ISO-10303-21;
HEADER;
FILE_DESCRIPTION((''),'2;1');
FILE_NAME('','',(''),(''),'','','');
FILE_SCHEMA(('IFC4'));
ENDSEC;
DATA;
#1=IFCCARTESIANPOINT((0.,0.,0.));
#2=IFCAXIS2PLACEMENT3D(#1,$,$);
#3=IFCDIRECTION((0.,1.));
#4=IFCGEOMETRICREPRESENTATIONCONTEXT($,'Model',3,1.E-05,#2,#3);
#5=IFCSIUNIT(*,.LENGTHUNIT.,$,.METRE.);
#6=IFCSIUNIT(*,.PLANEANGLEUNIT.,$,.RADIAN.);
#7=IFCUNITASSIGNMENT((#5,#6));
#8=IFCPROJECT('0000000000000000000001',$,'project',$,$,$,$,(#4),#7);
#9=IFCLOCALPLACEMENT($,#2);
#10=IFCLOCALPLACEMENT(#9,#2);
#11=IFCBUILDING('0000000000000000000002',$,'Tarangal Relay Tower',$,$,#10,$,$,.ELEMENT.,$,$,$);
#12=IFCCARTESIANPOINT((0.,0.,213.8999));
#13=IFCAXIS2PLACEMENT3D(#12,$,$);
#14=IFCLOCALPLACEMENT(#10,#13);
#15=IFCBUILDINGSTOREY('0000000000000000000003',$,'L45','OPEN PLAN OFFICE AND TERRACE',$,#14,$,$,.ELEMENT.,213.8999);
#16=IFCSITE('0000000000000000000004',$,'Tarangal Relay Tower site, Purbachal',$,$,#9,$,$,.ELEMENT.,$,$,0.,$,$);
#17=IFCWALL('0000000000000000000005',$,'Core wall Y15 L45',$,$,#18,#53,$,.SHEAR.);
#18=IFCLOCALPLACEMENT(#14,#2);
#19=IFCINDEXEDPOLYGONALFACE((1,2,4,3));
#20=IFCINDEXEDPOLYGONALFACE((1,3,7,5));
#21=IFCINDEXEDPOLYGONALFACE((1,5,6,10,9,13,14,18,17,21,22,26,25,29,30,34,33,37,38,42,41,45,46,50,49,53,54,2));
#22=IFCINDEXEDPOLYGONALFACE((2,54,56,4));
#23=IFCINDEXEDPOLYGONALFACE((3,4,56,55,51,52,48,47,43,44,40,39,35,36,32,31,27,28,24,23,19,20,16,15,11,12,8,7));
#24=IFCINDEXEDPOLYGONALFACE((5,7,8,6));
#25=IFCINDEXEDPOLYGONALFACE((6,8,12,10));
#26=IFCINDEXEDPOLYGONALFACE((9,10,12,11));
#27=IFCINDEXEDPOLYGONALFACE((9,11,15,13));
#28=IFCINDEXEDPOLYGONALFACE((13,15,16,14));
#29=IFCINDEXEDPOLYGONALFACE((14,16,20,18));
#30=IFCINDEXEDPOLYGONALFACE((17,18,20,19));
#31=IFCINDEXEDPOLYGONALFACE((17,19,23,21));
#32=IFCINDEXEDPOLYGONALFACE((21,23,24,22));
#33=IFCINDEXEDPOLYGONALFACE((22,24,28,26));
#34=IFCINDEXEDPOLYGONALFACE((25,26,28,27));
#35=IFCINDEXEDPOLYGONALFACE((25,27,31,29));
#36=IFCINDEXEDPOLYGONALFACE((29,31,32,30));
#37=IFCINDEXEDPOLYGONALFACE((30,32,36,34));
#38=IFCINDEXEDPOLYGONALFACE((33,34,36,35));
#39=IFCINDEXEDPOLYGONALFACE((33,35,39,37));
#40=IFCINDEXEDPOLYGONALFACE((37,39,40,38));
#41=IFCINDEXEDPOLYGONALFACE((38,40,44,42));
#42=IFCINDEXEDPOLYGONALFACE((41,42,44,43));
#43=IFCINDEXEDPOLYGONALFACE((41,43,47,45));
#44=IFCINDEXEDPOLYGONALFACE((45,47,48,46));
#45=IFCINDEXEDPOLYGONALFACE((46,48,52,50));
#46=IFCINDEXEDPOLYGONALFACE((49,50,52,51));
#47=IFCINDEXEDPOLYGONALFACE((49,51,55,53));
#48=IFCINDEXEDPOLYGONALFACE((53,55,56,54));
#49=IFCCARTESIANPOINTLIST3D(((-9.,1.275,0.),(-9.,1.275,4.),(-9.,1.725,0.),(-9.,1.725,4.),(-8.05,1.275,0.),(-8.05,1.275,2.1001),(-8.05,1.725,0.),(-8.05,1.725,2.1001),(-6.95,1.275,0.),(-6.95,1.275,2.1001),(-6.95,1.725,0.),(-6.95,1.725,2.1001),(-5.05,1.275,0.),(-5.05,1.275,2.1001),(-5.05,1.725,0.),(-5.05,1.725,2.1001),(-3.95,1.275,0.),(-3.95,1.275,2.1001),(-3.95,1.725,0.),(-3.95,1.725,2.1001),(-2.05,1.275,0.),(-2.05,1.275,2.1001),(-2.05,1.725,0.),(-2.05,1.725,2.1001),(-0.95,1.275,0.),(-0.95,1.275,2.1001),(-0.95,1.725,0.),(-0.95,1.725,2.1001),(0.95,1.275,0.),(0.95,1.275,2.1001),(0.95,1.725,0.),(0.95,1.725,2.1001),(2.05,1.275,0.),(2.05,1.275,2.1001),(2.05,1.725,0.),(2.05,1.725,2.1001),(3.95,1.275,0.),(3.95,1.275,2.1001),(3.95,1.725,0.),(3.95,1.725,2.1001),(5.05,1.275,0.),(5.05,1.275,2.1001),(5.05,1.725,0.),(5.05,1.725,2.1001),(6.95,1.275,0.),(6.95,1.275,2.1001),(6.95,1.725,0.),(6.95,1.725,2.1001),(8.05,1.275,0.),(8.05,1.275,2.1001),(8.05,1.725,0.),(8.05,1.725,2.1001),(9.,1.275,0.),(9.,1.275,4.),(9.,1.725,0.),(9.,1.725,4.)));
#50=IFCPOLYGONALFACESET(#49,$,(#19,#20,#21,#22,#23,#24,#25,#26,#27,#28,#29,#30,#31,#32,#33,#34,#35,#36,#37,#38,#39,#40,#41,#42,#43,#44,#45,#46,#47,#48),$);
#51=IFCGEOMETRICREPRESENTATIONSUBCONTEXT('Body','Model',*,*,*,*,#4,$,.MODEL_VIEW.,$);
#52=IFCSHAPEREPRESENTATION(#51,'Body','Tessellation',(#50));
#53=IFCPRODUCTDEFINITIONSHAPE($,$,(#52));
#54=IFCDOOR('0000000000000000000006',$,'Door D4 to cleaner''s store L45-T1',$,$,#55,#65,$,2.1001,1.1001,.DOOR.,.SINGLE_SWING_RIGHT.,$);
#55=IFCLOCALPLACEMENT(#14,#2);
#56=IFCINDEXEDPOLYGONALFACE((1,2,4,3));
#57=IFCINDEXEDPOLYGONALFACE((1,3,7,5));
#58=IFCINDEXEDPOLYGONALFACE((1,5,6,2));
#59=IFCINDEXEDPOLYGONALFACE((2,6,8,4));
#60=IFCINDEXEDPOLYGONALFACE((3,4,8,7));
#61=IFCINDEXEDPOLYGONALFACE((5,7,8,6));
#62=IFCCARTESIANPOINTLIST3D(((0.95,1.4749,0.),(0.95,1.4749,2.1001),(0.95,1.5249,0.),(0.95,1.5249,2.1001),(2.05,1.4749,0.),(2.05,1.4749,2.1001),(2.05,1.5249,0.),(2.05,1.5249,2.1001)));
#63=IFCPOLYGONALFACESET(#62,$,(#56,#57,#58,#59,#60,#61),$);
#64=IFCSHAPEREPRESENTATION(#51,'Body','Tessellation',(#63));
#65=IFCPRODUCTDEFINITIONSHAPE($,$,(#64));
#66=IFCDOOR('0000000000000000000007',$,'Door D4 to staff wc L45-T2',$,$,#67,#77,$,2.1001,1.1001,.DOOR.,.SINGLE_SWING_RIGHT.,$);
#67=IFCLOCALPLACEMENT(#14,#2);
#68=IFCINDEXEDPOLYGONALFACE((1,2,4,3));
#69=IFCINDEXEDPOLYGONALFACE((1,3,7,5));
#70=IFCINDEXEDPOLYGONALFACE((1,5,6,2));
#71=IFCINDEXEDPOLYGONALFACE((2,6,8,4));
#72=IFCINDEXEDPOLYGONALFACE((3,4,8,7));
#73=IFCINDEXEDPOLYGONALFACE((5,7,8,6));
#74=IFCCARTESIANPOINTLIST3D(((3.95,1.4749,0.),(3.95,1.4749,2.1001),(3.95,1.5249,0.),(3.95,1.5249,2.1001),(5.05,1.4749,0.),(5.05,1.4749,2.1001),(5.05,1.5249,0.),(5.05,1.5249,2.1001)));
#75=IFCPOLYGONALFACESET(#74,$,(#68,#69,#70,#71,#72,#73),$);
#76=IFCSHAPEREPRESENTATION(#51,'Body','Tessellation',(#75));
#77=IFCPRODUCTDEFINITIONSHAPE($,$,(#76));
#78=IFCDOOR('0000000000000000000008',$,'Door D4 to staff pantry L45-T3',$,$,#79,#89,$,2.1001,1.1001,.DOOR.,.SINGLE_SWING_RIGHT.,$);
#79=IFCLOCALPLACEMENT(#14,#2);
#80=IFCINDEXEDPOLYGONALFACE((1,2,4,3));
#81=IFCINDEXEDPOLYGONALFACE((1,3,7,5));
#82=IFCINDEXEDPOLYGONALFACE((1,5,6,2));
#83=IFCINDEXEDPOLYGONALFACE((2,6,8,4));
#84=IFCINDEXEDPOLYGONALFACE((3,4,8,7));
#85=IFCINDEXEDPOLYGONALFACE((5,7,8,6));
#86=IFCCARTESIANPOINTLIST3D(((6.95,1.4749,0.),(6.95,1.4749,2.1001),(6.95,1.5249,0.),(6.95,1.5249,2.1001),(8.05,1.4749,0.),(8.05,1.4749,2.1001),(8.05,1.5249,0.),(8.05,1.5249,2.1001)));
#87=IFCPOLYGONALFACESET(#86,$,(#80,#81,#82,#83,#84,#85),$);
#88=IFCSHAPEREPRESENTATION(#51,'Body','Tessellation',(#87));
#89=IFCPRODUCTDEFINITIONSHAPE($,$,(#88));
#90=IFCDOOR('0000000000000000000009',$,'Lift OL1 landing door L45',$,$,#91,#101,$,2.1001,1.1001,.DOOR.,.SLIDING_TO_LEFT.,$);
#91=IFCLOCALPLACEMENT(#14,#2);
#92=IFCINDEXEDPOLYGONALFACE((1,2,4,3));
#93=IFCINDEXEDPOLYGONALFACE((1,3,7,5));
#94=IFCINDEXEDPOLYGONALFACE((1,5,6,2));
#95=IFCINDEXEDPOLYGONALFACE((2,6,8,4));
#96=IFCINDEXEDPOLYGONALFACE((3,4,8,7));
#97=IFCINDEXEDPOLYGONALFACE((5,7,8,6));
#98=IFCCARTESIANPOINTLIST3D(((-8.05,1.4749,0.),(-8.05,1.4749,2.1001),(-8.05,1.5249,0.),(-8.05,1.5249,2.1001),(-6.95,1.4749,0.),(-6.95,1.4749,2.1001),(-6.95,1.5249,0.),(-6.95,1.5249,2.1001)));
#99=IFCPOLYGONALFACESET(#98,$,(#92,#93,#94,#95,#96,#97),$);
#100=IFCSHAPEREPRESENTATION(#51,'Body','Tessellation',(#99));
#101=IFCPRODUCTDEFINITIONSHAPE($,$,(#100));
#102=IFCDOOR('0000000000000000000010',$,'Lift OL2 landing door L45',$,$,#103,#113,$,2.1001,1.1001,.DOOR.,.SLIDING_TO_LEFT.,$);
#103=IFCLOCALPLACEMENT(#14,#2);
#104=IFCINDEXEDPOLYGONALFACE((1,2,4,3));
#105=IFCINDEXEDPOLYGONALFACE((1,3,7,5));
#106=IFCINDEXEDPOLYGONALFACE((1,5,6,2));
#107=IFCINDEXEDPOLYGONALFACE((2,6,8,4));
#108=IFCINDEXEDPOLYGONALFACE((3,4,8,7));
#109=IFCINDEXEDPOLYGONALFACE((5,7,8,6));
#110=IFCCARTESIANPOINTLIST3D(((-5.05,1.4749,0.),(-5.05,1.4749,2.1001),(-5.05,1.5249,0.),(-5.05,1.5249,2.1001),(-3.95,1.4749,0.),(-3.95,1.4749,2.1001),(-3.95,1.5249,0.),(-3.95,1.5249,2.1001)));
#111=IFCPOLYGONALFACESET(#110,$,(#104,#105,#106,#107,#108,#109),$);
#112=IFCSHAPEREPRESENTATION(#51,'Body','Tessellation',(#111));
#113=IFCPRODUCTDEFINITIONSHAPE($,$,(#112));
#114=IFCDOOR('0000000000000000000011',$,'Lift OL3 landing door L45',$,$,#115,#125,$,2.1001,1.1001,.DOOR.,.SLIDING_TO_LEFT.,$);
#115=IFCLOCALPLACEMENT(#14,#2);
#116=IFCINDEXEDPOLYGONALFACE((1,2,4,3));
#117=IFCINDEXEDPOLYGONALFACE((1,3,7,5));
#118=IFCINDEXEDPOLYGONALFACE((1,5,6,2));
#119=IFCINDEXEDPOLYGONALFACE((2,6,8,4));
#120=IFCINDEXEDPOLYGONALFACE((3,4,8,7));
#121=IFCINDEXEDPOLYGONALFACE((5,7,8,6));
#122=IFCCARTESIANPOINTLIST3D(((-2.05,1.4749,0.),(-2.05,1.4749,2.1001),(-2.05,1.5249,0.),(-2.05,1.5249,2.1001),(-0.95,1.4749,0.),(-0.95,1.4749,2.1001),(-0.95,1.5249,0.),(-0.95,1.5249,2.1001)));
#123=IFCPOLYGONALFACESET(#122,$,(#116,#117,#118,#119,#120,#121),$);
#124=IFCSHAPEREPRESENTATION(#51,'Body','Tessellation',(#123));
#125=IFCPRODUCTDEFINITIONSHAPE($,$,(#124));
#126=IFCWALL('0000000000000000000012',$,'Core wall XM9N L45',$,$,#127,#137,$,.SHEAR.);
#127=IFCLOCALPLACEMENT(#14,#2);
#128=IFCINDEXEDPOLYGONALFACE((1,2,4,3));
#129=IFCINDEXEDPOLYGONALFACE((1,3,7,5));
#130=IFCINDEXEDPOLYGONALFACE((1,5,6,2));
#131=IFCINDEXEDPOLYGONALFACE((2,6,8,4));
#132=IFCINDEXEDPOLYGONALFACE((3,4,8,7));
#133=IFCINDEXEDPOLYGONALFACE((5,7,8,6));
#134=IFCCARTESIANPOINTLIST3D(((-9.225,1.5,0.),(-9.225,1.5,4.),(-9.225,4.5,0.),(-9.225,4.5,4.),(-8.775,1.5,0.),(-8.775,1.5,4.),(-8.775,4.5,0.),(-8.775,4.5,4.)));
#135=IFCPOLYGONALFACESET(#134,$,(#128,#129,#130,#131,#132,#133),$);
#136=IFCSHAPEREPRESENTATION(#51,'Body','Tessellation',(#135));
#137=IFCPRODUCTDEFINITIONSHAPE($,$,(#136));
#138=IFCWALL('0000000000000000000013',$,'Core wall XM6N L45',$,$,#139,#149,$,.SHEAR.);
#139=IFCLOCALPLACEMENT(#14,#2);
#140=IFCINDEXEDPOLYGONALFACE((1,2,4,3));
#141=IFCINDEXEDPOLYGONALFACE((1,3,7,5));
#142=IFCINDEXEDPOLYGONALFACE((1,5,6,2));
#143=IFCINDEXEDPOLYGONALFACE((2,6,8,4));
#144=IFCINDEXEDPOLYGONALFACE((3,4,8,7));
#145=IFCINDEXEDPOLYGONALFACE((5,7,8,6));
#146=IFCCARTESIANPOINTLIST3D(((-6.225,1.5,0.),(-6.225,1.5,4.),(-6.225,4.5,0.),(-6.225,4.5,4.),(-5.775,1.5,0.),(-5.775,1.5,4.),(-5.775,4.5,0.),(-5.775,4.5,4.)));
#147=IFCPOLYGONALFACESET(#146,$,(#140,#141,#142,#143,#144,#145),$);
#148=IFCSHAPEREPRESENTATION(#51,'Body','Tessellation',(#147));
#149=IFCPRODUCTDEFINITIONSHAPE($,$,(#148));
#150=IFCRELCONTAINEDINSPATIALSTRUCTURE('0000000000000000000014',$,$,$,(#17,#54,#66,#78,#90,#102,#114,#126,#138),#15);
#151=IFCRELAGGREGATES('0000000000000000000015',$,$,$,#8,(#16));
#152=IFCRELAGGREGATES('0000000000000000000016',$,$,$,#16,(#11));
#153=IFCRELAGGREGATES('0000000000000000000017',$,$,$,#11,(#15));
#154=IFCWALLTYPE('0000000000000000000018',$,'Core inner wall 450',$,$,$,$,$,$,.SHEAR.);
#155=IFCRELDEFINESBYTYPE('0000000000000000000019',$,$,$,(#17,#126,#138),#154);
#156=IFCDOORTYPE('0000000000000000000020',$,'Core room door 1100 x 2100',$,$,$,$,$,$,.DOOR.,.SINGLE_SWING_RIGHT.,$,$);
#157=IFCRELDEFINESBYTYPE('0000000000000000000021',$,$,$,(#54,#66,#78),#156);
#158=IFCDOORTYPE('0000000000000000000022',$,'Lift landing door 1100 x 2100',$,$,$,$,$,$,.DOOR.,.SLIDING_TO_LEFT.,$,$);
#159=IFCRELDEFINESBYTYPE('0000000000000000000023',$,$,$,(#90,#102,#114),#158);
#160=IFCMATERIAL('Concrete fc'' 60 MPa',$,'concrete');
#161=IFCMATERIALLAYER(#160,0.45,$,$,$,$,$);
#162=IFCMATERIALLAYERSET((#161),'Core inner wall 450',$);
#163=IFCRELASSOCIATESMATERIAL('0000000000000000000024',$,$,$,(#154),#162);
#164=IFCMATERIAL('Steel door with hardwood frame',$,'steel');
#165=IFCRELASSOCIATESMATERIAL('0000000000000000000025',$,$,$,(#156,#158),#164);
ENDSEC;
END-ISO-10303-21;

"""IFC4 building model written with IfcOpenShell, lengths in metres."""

from ifc_helpers import new_model, si_unit, direction, frame, frame_2d, origin, place, context, subcontext, project, spatial, rectangle, extrude, material, layer, layer_set, type_object, element, fill, save


model = new_model("IFC4")

# Units and contexts
model_context = context("Model", 3, precision=1e-05, world=origin(), true_north=direction((0.0, 1.0)))
body_context = subcontext(model_context, "Body", "Model", "MODEL_VIEW")
ifc_project = project(units=[si_unit("LENGTHUNIT", "METRE"), si_unit("PLANEANGLEUNIT", "RADIAN")], contexts=[model_context])

# Site, building, storey
site_placement = place(None, origin())
site = spatial("IfcSite", under=ifc_project, at=site_placement, Name="Tarangal Relay Tower site, Purbachal", CompositionType="ELEMENT", RefElevation=0.0)
building_placement = place(site_placement, origin())
building = spatial("IfcBuilding", under=site, at=building_placement, Name="Tarangal Relay Tower", CompositionType="ELEMENT")
storey_placement = place(building_placement, frame((0.0, 0.0, 213.8999)))
storey = spatial("IfcBuildingStorey", under=building, at=storey_placement, Name="L45", Description="OPEN PLAN OFFICE AND TERRACE", CompositionType="ELEMENT", Elevation=213.8999)

# Wall, openings, doors
ifc_material_1 = material(Name="Concrete fc' 60 MPa", Category="concrete")
ifc_layer = layer(ifc_material_1, 0.45)
ifc_layer_set = layer_set([ifc_layer], Name="Core inner wall 450")
wall_type = type_object("IfcWallType", Name="Core inner wall 450", PredefinedType="SHEAR", material=ifc_layer_set)
ifc_material_2 = material(Name="Steel door with hardwood frame", Category="steel")
wall_1_placement = place(storey_placement, frame((-9.0, 1.5, 0.0), z_axis=(0.0, 0.0, 1.0), x_axis=(1.0, 0.0, 0.0)))
wall_1 = element("IfcWall", 1, at=wall_1_placement, inside=storey, type_object=wall_type, Name="Core wall Y15 L45", PredefinedType="SHEAR", context=body_context, shape_type="SweptSolid", body=[
    extrude(rectangle(XDim=18.0, YDim=0.45, at=frame_2d((9.0, 0.0))), origin(), (0.0, 0.0, 1.0), 4.0),
])
opening_1_placement = place(wall_1_placement, frame((0.95, 0.0, 0.0)))
opening_1 = element("IfcOpeningElement", 2, at=opening_1_placement, cuts=wall_1, PredefinedType="OPENING", context=body_context, shape_type="SweptSolid", body=[
    extrude(rectangle(XDim=1.1001, YDim=2.1001, at=frame_2d((0.55, 1.05))), frame((0.0, 0.2349, 0.0), z_axis=(0.0, -1.0, 0.0), x_axis=(1.0, 0.0, 0.0)), (0.0, 0.0, 1.0), 0.47),
])
opening_2_placement = place(wall_1_placement, frame((3.95, 0.0, 0.0)))
opening_2 = element("IfcOpeningElement", 3, at=opening_2_placement, cuts=wall_1, PredefinedType="OPENING", context=body_context, shape_type="SweptSolid", body=[
    extrude(rectangle(XDim=1.1001, YDim=2.1001, at=frame_2d((0.55, 1.05))), frame((0.0, 0.2349, 0.0), z_axis=(0.0, -1.0, 0.0), x_axis=(1.0, 0.0, 0.0)), (0.0, 0.0, 1.0), 0.47),
])
opening_3_placement = place(wall_1_placement, frame((6.95, 0.0, 0.0)))
opening_3 = element("IfcOpeningElement", 4, at=opening_3_placement, cuts=wall_1, PredefinedType="OPENING", context=body_context, shape_type="SweptSolid", body=[
    extrude(rectangle(XDim=1.1001, YDim=2.1001, at=frame_2d((0.55, 1.05))), frame((0.0, 0.2349, 0.0), z_axis=(0.0, -1.0, 0.0), x_axis=(1.0, 0.0, 0.0)), (0.0, 0.0, 1.0), 0.47),
])
opening_4_placement = place(wall_1_placement, frame((9.95, 0.0, 0.0)))
opening_4 = element("IfcOpeningElement", 5, at=opening_4_placement, cuts=wall_1, PredefinedType="OPENING", context=body_context, shape_type="SweptSolid", body=[
    extrude(rectangle(XDim=1.1001, YDim=2.1001, at=frame_2d((0.55, 1.05))), frame((0.0, 0.2349, 0.0), z_axis=(0.0, -1.0, 0.0), x_axis=(1.0, 0.0, 0.0)), (0.0, 0.0, 1.0), 0.47),
])
opening_5_placement = place(wall_1_placement, frame((12.95, 0.0, 0.0)))
opening_5 = element("IfcOpeningElement", 6, at=opening_5_placement, cuts=wall_1, PredefinedType="OPENING", context=body_context, shape_type="SweptSolid", body=[
    extrude(rectangle(XDim=1.1001, YDim=2.1001, at=frame_2d((0.55, 1.05))), frame((0.0, 0.2349, 0.0), z_axis=(0.0, -1.0, 0.0), x_axis=(1.0, 0.0, 0.0)), (0.0, 0.0, 1.0), 0.47),
])
opening_6_placement = place(wall_1_placement, frame((15.95, 0.0, 0.0)))
opening_6 = element("IfcOpeningElement", 7, at=opening_6_placement, cuts=wall_1, PredefinedType="OPENING", context=body_context, shape_type="SweptSolid", body=[
    extrude(rectangle(XDim=1.1001, YDim=2.1001, at=frame_2d((0.55, 1.05))), frame((0.0, 0.2349, 0.0), z_axis=(0.0, -1.0, 0.0), x_axis=(1.0, 0.0, 0.0)), (0.0, 0.0, 1.0), 0.47),
])
door_type_1 = type_object("IfcDoorType", Name="Core room door 1100 x 2100", OperationType="SINGLE_SWING_RIGHT", PredefinedType="DOOR", material=ifc_material_2)
door_1_placement = place(opening_4_placement, origin())
door_1 = element("IfcDoor", 8, at=door_1_placement, inside=storey, type_object=door_type_1, Name="Door D4 to cleaner's store L45-T1", OperationType="SINGLE_SWING_RIGHT", OverallHeight=2.1001, OverallWidth=1.1001, PredefinedType="DOOR", context=body_context, shape_type="SweptSolid", body=[
    extrude(rectangle(XDim=1.1001, YDim=2.1001, at=frame_2d((0.55, 1.05))), frame((0.0, 0.0249, 0.0), z_axis=(0.0, -1.0, 0.0), x_axis=(1.0, 0.0, 0.0)), (0.0, 0.0, 1.0), 0.05),
])
fill(opening_4, door_1)
door_2_placement = place(opening_5_placement, origin())
door_2 = element("IfcDoor", 9, at=door_2_placement, inside=storey, type_object=door_type_1, Name="Door D4 to staff wc L45-T2", OperationType="SINGLE_SWING_RIGHT", OverallHeight=2.1001, OverallWidth=1.1001, PredefinedType="DOOR", context=body_context, shape_type="SweptSolid", body=[
    extrude(rectangle(XDim=1.1001, YDim=2.1001, at=frame_2d((0.55, 1.05))), frame((0.0, 0.0249, 0.0), z_axis=(0.0, -1.0, 0.0), x_axis=(1.0, 0.0, 0.0)), (0.0, 0.0, 1.0), 0.05),
])
fill(opening_5, door_2)
door_3_placement = place(opening_6_placement, origin())
door_3 = element("IfcDoor", 10, at=door_3_placement, inside=storey, type_object=door_type_1, Name="Door D4 to staff pantry L45-T3", OperationType="SINGLE_SWING_RIGHT", OverallHeight=2.1001, OverallWidth=1.1001, PredefinedType="DOOR", context=body_context, shape_type="SweptSolid", body=[
    extrude(rectangle(XDim=1.1001, YDim=2.1001, at=frame_2d((0.55, 1.05))), frame((0.0, 0.0249, 0.0), z_axis=(0.0, -1.0, 0.0), x_axis=(1.0, 0.0, 0.0)), (0.0, 0.0, 1.0), 0.05),
])
fill(opening_6, door_3)
door_type_2 = type_object("IfcDoorType", Name="Lift landing door 1100 x 2100", OperationType="SLIDING_TO_LEFT", PredefinedType="DOOR", material=ifc_material_2)
door_4_placement = place(opening_1_placement, origin())
door_4 = element("IfcDoor", 11, at=door_4_placement, inside=storey, type_object=door_type_2, Name="Lift OL1 landing door L45", OperationType="SLIDING_TO_LEFT", OverallHeight=2.1001, OverallWidth=1.1001, PredefinedType="DOOR", context=body_context, shape_type="SweptSolid", body=[
    extrude(rectangle(XDim=1.1001, YDim=2.1001, at=frame_2d((0.55, 1.05))), frame((0.0, 0.0249, 0.0), z_axis=(0.0, -1.0, 0.0), x_axis=(1.0, 0.0, 0.0)), (0.0, 0.0, 1.0), 0.05),
])
fill(opening_1, door_4)
door_5_placement = place(opening_2_placement, origin())
door_5 = element("IfcDoor", 12, at=door_5_placement, inside=storey, type_object=door_type_2, Name="Lift OL2 landing door L45", OperationType="SLIDING_TO_LEFT", OverallHeight=2.1001, OverallWidth=1.1001, PredefinedType="DOOR", context=body_context, shape_type="SweptSolid", body=[
    extrude(rectangle(XDim=1.1001, YDim=2.1001, at=frame_2d((0.55, 1.05))), frame((0.0, 0.0249, 0.0), z_axis=(0.0, -1.0, 0.0), x_axis=(1.0, 0.0, 0.0)), (0.0, 0.0, 1.0), 0.05),
])
fill(opening_2, door_5)
door_6_placement = place(opening_3_placement, origin())
door_6 = element("IfcDoor", 13, at=door_6_placement, inside=storey, type_object=door_type_2, Name="Lift OL3 landing door L45", OperationType="SLIDING_TO_LEFT", OverallHeight=2.1001, OverallWidth=1.1001, PredefinedType="DOOR", context=body_context, shape_type="SweptSolid", body=[
    extrude(rectangle(XDim=1.1001, YDim=2.1001, at=frame_2d((0.55, 1.05))), frame((0.0, 0.0249, 0.0), z_axis=(0.0, -1.0, 0.0), x_axis=(1.0, 0.0, 0.0)), (0.0, 0.0, 1.0), 0.05),
])
fill(opening_3, door_6)

# Walls
for number, where, z_axis, x_axis, name in (
    (14, (-9.0, 1.5, 0.0), (0.0, 0.0, 1.0), (0.0, 1.0, 0.0), "Core wall XM9N L45"),
    (15, (-6.0, 1.5, 0.0), (0.0, 0.0, 1.0), (0.0, 1.0, 0.0), "Core wall XM6N L45"),
):
    element("IfcWall", number, at=place(storey_placement, frame(where, z_axis=z_axis, x_axis=x_axis)), inside=storey, type_object=wall_type, Name=name, PredefinedType="SHEAR", context=body_context, shape_type="SweptSolid", body=[
        extrude(rectangle(XDim=3.0, YDim=0.45, at=frame_2d((1.5, 0.0))), origin(), (0.0, 0.0, 1.0), 4.0),
    ])

save(model, "model.ifc")
